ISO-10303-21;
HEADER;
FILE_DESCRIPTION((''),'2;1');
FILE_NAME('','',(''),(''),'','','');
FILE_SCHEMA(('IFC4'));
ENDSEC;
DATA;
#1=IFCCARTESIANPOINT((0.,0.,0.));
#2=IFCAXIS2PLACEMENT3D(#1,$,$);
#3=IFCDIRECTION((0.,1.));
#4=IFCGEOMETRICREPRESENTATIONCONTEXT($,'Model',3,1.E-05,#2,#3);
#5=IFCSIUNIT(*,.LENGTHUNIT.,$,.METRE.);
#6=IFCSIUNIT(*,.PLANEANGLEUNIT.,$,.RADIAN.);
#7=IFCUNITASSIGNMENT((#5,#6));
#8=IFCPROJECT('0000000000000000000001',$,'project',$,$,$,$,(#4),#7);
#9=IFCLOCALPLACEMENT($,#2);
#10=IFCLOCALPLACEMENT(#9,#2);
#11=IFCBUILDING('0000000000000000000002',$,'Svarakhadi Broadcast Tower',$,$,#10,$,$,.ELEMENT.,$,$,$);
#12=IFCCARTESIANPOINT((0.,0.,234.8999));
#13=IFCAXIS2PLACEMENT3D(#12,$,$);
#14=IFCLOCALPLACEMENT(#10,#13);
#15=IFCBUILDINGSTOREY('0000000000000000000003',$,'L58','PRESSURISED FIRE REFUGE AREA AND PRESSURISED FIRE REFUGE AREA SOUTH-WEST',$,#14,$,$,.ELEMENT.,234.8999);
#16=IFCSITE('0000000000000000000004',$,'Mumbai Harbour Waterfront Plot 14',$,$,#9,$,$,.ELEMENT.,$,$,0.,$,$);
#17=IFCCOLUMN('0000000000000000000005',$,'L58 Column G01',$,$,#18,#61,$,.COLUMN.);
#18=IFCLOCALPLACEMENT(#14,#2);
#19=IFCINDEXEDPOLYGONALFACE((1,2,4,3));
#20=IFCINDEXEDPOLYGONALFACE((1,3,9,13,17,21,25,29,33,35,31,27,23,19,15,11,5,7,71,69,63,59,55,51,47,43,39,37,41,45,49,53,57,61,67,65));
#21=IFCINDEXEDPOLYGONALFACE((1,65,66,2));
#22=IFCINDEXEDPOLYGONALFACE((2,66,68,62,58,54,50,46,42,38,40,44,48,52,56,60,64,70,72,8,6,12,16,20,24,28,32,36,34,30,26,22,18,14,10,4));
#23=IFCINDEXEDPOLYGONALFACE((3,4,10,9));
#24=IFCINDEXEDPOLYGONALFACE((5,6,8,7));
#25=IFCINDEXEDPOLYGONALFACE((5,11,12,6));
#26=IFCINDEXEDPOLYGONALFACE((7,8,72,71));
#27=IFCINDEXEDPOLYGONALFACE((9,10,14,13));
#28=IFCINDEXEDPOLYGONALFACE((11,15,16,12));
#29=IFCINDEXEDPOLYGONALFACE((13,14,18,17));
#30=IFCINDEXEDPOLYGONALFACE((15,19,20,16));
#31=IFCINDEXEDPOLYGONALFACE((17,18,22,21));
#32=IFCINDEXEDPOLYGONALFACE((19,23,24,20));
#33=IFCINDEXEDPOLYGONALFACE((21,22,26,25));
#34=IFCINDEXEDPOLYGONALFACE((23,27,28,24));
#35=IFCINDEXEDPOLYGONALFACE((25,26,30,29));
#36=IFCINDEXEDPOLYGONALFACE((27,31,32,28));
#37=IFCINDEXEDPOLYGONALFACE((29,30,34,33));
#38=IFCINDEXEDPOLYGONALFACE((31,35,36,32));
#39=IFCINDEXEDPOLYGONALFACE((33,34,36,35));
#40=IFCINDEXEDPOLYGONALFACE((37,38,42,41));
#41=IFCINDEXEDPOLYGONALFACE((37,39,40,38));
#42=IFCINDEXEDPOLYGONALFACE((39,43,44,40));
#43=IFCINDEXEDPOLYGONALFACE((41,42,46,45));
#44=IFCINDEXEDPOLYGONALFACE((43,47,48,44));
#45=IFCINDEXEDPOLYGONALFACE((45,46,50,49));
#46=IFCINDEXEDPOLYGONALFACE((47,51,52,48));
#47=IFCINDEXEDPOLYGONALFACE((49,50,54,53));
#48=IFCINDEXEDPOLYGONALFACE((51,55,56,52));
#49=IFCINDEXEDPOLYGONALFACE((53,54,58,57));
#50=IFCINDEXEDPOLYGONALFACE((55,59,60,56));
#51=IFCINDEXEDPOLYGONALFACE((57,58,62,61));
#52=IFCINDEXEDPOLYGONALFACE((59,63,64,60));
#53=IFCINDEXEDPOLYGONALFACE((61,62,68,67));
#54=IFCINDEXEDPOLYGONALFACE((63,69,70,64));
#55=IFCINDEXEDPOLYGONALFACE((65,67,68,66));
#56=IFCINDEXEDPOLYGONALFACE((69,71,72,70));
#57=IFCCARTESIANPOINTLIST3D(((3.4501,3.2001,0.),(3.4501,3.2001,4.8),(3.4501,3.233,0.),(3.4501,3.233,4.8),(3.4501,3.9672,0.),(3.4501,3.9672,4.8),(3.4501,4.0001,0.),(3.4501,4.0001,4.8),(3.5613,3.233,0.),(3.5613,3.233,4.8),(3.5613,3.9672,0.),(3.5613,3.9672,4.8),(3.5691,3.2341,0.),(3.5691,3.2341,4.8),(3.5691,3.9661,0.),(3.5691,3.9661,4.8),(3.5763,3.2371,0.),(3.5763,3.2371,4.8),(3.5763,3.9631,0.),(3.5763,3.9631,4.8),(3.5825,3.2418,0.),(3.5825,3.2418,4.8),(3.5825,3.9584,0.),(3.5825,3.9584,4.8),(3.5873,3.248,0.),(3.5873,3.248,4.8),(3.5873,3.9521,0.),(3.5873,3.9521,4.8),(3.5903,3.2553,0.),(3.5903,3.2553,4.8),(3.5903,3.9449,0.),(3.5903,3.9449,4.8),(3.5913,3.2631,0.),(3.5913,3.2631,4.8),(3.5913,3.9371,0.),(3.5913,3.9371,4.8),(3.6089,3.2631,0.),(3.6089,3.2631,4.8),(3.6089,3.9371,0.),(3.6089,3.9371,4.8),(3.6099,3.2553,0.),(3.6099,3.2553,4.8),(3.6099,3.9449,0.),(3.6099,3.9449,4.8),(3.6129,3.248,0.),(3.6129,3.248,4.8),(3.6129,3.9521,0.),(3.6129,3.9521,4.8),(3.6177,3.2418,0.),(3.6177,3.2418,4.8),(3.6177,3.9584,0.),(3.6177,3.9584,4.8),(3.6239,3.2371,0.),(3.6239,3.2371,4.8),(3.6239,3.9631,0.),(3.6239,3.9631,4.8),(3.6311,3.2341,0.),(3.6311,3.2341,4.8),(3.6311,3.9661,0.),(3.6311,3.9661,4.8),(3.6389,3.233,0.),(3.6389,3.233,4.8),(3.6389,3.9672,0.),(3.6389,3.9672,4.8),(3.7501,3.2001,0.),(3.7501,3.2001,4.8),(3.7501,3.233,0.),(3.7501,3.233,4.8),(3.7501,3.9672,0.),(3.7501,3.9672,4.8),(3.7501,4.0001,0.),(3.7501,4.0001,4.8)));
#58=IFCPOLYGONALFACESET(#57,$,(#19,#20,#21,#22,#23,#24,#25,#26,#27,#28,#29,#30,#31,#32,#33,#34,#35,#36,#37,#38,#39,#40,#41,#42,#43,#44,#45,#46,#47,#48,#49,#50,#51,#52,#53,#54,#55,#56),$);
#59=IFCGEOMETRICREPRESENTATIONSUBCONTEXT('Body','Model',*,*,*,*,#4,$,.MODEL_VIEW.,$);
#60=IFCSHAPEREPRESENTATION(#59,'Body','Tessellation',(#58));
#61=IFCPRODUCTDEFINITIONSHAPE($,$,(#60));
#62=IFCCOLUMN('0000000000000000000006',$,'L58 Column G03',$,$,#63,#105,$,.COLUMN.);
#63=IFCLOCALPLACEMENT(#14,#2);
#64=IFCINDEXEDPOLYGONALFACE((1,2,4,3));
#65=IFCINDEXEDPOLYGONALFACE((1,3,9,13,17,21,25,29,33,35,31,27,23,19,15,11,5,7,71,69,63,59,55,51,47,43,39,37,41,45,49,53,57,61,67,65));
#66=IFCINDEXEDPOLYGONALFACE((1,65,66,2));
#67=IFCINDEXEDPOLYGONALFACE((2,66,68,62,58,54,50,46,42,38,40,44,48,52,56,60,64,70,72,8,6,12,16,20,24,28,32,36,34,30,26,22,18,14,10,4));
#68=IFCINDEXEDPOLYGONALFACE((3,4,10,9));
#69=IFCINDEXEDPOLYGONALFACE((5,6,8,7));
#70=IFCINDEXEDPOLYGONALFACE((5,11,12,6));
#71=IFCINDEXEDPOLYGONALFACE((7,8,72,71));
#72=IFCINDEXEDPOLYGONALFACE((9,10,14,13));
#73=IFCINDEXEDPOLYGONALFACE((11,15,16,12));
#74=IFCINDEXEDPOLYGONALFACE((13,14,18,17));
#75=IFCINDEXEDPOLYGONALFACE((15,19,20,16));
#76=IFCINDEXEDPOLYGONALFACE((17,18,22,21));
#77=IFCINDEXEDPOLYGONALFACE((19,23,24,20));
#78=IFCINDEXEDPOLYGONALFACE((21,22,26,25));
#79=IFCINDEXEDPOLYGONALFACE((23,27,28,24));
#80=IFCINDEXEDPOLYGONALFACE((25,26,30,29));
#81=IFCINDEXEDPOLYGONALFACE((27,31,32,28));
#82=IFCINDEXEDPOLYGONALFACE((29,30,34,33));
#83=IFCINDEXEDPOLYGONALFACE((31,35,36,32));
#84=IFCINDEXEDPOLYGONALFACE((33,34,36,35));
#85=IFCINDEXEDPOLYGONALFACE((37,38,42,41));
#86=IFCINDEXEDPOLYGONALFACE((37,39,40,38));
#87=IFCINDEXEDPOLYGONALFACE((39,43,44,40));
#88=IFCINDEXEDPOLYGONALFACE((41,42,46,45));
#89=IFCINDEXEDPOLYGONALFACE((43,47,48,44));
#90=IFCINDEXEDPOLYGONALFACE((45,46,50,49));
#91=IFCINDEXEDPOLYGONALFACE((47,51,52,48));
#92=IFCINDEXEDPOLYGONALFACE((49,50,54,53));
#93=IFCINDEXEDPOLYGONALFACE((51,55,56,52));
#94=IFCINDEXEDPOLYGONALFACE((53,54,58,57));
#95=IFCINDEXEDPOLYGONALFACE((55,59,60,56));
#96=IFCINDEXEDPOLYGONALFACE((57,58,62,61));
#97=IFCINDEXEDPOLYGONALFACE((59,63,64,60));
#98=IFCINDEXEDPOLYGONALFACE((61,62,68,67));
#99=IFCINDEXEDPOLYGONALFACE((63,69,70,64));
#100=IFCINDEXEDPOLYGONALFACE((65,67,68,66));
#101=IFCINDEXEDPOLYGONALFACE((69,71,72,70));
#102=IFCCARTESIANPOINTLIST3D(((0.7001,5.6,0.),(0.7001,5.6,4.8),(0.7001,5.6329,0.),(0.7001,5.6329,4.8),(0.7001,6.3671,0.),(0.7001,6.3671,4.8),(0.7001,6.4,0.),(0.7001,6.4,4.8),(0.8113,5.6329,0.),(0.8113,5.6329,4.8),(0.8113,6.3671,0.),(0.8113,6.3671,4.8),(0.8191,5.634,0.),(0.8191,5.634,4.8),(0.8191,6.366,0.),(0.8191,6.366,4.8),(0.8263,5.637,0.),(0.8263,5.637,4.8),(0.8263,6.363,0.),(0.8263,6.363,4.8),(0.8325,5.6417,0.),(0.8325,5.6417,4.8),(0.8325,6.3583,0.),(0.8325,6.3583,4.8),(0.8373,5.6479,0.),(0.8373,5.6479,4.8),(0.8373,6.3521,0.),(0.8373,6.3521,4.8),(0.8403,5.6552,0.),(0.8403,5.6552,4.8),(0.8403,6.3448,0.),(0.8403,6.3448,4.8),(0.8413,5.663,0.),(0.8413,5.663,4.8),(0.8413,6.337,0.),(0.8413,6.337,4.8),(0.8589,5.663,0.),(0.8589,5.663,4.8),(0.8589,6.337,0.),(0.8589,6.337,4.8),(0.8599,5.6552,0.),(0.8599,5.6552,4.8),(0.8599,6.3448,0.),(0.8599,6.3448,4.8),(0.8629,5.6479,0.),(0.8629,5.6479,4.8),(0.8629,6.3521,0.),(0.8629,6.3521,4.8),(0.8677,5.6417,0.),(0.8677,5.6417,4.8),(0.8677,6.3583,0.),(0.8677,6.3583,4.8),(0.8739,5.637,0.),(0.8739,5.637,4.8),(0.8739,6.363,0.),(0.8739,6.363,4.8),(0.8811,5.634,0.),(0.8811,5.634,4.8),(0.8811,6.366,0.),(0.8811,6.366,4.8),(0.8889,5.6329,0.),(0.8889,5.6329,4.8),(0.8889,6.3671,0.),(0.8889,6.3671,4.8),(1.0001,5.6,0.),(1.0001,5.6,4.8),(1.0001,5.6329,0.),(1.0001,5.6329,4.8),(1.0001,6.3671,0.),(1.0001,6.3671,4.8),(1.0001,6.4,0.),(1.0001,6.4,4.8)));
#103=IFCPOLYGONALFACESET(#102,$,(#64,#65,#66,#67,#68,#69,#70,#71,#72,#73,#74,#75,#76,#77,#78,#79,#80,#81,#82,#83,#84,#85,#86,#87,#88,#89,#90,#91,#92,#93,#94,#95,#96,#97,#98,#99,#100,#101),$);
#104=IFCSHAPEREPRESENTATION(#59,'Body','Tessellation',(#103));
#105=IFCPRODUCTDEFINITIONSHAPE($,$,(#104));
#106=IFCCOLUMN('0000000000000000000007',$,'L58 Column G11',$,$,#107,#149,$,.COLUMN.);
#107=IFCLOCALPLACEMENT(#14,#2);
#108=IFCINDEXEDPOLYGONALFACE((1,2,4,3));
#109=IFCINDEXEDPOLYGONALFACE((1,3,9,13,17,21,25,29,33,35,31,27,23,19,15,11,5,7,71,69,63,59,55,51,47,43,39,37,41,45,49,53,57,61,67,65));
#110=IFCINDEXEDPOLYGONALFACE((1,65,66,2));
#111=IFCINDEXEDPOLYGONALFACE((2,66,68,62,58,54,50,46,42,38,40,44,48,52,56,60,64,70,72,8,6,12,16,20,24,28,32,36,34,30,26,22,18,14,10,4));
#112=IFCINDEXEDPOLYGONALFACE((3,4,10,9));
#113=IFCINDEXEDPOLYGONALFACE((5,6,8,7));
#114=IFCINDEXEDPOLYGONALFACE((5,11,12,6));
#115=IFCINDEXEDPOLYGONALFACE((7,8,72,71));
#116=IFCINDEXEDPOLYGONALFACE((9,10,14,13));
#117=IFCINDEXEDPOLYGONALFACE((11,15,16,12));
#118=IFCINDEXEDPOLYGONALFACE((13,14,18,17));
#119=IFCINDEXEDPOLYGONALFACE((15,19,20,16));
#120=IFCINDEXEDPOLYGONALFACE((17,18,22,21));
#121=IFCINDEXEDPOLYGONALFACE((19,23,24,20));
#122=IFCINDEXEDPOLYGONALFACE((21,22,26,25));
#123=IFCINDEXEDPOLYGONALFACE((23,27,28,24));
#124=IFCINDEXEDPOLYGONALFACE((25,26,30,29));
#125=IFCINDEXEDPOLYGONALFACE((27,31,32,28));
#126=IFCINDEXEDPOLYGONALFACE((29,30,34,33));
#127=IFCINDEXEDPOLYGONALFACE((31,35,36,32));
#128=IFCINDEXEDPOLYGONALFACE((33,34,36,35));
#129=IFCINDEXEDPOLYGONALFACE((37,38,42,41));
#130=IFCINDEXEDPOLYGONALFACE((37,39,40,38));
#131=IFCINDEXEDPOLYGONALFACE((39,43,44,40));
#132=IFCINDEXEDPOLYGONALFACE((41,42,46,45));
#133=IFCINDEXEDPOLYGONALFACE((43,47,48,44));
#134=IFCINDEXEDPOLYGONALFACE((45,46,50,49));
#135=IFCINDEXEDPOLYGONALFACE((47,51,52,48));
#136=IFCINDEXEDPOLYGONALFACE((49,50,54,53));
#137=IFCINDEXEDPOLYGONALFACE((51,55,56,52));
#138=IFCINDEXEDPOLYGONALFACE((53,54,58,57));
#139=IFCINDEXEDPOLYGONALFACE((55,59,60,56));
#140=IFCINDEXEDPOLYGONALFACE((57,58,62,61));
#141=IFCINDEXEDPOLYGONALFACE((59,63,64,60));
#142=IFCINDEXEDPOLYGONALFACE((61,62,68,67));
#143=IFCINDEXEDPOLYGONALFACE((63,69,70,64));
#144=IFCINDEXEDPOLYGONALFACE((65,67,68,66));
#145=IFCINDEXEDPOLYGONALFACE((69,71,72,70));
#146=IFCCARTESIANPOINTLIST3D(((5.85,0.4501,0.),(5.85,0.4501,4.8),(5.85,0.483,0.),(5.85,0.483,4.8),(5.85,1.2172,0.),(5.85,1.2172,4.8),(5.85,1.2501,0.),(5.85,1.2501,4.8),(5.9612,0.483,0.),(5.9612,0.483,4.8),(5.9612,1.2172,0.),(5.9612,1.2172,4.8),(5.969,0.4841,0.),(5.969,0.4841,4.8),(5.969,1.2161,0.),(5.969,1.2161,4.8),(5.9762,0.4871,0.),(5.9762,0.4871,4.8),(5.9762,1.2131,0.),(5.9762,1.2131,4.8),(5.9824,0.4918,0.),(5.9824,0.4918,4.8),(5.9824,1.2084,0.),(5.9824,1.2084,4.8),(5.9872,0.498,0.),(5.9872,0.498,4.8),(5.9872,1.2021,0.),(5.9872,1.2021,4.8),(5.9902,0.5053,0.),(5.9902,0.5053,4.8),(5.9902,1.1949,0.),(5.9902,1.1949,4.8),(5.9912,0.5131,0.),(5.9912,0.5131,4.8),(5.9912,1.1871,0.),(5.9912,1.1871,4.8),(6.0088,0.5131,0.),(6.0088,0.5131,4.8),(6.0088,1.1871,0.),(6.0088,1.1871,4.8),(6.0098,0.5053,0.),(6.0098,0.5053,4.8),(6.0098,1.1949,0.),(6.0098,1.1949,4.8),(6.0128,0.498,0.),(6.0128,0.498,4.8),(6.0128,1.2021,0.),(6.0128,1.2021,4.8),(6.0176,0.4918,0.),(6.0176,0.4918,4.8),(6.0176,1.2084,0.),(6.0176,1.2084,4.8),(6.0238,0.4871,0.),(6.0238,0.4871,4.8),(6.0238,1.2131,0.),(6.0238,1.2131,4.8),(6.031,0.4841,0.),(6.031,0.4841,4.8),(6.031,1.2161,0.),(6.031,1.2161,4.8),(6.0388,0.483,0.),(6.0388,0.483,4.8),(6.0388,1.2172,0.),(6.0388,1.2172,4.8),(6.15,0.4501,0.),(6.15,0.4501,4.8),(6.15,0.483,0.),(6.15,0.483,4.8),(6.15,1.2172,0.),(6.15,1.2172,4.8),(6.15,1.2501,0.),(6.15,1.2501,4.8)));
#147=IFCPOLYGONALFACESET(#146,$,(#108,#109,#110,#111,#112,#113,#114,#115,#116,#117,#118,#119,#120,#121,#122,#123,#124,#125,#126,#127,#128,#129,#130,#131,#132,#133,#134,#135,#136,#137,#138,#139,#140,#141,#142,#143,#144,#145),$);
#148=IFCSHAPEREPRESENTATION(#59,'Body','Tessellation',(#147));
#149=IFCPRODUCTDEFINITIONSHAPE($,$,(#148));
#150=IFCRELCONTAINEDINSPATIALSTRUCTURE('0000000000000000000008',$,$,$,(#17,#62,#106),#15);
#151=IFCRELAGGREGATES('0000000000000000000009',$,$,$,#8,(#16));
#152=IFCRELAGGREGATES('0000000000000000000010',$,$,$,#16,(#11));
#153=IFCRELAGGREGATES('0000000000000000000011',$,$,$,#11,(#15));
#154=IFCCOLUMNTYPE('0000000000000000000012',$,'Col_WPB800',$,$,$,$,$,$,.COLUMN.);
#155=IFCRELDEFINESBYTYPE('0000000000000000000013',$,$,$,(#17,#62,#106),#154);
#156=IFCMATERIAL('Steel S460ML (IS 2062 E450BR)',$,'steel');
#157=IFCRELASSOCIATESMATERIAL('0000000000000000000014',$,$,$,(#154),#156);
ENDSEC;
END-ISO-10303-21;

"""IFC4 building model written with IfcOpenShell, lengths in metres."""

from ifc_helpers import new_model, si_unit, direction, frame, origin, origin_2d, place, context, subcontext, project, spatial, i_section, extrude, material, material_profile, profile_set, type_object, element, save


model = new_model("IFC4")

# Units and contexts
model_context = context("Model", 3, precision=1e-05, world=origin(), true_north=direction((0.0, 1.0)))
body_context = subcontext(model_context, "Body", "Model", "MODEL_VIEW")
ifc_project = project(units=[si_unit("LENGTHUNIT", "METRE"), si_unit("PLANEANGLEUNIT", "RADIAN")], contexts=[model_context])

# Site, building, storey
site_placement = place(None, origin())
site = spatial("IfcSite", under=ifc_project, at=site_placement, Name="Mumbai Harbour Waterfront Plot 14", CompositionType="ELEMENT", RefElevation=0.0)
building_placement = place(site_placement, origin())
building = spatial("IfcBuilding", under=site, at=building_placement, Name="Svarakhadi Broadcast Tower", CompositionType="ELEMENT")
storey_placement = place(building_placement, frame((0.0, 0.0, 234.8999)))
storey = spatial("IfcBuildingStorey", under=building, at=storey_placement, Name="L58", Description="PRESSURISED FIRE REFUGE AREA AND PRESSURISED FIRE REFUGE AREA SOUTH-WEST", CompositionType="ELEMENT", Elevation=234.8999)

# Columns
ifc_material_1 = material(Name="Steel S460ML (IS 2062 E450BR)", Category="steel")
ifc_material_profile_1 = material_profile(ifc_material_1, i_section(OverallWidth=0.3, OverallDepth=0.8, WebThickness=0.0176, FlangeThickness=0.033, FilletRadius=0.03, at=origin_2d()), Name="WPB 800x300x262")
ifc_profile_set_1 = profile_set([ifc_material_profile_1], Name="Steel S460ML (IS 2062 E450BR)")
column_type = type_object("IfcColumnType", Name="Col_WPB800", PredefinedType="COLUMN", material=ifc_profile_set_1)
for number, where, z_axis, x_axis, name in (
    (1, (3.6001, 3.6001, 0.0), (0.0, 0.0, 1.0), (1.0, 0.0, 0.0), "L58 Column G01"),
    (2, (0.8501, 6.0, 0.0), (0.0, 0.0, 1.0), (1.0, 0.0, 0.0), "L58 Column G03"),
    (3, (6.0, 0.8501, 0.0), (0.0, 0.0, 1.0), (1.0, 0.0, 0.0), "L58 Column G11"),
):
    element("IfcColumn", number, at=place(storey_placement, frame(where, z_axis=z_axis, x_axis=x_axis)), inside=storey, type_object=column_type, Name=name, PredefinedType="COLUMN", context=body_context, shape_type="SweptSolid", body=[
        extrude(i_section(OverallWidth=0.3, OverallDepth=0.8, WebThickness=0.0176, FlangeThickness=0.033, FilletRadius=0.03, at=origin_2d()), origin(), (0.0, 0.0, 1.0), 4.8),
    ])

save(model, "model.ifc")
